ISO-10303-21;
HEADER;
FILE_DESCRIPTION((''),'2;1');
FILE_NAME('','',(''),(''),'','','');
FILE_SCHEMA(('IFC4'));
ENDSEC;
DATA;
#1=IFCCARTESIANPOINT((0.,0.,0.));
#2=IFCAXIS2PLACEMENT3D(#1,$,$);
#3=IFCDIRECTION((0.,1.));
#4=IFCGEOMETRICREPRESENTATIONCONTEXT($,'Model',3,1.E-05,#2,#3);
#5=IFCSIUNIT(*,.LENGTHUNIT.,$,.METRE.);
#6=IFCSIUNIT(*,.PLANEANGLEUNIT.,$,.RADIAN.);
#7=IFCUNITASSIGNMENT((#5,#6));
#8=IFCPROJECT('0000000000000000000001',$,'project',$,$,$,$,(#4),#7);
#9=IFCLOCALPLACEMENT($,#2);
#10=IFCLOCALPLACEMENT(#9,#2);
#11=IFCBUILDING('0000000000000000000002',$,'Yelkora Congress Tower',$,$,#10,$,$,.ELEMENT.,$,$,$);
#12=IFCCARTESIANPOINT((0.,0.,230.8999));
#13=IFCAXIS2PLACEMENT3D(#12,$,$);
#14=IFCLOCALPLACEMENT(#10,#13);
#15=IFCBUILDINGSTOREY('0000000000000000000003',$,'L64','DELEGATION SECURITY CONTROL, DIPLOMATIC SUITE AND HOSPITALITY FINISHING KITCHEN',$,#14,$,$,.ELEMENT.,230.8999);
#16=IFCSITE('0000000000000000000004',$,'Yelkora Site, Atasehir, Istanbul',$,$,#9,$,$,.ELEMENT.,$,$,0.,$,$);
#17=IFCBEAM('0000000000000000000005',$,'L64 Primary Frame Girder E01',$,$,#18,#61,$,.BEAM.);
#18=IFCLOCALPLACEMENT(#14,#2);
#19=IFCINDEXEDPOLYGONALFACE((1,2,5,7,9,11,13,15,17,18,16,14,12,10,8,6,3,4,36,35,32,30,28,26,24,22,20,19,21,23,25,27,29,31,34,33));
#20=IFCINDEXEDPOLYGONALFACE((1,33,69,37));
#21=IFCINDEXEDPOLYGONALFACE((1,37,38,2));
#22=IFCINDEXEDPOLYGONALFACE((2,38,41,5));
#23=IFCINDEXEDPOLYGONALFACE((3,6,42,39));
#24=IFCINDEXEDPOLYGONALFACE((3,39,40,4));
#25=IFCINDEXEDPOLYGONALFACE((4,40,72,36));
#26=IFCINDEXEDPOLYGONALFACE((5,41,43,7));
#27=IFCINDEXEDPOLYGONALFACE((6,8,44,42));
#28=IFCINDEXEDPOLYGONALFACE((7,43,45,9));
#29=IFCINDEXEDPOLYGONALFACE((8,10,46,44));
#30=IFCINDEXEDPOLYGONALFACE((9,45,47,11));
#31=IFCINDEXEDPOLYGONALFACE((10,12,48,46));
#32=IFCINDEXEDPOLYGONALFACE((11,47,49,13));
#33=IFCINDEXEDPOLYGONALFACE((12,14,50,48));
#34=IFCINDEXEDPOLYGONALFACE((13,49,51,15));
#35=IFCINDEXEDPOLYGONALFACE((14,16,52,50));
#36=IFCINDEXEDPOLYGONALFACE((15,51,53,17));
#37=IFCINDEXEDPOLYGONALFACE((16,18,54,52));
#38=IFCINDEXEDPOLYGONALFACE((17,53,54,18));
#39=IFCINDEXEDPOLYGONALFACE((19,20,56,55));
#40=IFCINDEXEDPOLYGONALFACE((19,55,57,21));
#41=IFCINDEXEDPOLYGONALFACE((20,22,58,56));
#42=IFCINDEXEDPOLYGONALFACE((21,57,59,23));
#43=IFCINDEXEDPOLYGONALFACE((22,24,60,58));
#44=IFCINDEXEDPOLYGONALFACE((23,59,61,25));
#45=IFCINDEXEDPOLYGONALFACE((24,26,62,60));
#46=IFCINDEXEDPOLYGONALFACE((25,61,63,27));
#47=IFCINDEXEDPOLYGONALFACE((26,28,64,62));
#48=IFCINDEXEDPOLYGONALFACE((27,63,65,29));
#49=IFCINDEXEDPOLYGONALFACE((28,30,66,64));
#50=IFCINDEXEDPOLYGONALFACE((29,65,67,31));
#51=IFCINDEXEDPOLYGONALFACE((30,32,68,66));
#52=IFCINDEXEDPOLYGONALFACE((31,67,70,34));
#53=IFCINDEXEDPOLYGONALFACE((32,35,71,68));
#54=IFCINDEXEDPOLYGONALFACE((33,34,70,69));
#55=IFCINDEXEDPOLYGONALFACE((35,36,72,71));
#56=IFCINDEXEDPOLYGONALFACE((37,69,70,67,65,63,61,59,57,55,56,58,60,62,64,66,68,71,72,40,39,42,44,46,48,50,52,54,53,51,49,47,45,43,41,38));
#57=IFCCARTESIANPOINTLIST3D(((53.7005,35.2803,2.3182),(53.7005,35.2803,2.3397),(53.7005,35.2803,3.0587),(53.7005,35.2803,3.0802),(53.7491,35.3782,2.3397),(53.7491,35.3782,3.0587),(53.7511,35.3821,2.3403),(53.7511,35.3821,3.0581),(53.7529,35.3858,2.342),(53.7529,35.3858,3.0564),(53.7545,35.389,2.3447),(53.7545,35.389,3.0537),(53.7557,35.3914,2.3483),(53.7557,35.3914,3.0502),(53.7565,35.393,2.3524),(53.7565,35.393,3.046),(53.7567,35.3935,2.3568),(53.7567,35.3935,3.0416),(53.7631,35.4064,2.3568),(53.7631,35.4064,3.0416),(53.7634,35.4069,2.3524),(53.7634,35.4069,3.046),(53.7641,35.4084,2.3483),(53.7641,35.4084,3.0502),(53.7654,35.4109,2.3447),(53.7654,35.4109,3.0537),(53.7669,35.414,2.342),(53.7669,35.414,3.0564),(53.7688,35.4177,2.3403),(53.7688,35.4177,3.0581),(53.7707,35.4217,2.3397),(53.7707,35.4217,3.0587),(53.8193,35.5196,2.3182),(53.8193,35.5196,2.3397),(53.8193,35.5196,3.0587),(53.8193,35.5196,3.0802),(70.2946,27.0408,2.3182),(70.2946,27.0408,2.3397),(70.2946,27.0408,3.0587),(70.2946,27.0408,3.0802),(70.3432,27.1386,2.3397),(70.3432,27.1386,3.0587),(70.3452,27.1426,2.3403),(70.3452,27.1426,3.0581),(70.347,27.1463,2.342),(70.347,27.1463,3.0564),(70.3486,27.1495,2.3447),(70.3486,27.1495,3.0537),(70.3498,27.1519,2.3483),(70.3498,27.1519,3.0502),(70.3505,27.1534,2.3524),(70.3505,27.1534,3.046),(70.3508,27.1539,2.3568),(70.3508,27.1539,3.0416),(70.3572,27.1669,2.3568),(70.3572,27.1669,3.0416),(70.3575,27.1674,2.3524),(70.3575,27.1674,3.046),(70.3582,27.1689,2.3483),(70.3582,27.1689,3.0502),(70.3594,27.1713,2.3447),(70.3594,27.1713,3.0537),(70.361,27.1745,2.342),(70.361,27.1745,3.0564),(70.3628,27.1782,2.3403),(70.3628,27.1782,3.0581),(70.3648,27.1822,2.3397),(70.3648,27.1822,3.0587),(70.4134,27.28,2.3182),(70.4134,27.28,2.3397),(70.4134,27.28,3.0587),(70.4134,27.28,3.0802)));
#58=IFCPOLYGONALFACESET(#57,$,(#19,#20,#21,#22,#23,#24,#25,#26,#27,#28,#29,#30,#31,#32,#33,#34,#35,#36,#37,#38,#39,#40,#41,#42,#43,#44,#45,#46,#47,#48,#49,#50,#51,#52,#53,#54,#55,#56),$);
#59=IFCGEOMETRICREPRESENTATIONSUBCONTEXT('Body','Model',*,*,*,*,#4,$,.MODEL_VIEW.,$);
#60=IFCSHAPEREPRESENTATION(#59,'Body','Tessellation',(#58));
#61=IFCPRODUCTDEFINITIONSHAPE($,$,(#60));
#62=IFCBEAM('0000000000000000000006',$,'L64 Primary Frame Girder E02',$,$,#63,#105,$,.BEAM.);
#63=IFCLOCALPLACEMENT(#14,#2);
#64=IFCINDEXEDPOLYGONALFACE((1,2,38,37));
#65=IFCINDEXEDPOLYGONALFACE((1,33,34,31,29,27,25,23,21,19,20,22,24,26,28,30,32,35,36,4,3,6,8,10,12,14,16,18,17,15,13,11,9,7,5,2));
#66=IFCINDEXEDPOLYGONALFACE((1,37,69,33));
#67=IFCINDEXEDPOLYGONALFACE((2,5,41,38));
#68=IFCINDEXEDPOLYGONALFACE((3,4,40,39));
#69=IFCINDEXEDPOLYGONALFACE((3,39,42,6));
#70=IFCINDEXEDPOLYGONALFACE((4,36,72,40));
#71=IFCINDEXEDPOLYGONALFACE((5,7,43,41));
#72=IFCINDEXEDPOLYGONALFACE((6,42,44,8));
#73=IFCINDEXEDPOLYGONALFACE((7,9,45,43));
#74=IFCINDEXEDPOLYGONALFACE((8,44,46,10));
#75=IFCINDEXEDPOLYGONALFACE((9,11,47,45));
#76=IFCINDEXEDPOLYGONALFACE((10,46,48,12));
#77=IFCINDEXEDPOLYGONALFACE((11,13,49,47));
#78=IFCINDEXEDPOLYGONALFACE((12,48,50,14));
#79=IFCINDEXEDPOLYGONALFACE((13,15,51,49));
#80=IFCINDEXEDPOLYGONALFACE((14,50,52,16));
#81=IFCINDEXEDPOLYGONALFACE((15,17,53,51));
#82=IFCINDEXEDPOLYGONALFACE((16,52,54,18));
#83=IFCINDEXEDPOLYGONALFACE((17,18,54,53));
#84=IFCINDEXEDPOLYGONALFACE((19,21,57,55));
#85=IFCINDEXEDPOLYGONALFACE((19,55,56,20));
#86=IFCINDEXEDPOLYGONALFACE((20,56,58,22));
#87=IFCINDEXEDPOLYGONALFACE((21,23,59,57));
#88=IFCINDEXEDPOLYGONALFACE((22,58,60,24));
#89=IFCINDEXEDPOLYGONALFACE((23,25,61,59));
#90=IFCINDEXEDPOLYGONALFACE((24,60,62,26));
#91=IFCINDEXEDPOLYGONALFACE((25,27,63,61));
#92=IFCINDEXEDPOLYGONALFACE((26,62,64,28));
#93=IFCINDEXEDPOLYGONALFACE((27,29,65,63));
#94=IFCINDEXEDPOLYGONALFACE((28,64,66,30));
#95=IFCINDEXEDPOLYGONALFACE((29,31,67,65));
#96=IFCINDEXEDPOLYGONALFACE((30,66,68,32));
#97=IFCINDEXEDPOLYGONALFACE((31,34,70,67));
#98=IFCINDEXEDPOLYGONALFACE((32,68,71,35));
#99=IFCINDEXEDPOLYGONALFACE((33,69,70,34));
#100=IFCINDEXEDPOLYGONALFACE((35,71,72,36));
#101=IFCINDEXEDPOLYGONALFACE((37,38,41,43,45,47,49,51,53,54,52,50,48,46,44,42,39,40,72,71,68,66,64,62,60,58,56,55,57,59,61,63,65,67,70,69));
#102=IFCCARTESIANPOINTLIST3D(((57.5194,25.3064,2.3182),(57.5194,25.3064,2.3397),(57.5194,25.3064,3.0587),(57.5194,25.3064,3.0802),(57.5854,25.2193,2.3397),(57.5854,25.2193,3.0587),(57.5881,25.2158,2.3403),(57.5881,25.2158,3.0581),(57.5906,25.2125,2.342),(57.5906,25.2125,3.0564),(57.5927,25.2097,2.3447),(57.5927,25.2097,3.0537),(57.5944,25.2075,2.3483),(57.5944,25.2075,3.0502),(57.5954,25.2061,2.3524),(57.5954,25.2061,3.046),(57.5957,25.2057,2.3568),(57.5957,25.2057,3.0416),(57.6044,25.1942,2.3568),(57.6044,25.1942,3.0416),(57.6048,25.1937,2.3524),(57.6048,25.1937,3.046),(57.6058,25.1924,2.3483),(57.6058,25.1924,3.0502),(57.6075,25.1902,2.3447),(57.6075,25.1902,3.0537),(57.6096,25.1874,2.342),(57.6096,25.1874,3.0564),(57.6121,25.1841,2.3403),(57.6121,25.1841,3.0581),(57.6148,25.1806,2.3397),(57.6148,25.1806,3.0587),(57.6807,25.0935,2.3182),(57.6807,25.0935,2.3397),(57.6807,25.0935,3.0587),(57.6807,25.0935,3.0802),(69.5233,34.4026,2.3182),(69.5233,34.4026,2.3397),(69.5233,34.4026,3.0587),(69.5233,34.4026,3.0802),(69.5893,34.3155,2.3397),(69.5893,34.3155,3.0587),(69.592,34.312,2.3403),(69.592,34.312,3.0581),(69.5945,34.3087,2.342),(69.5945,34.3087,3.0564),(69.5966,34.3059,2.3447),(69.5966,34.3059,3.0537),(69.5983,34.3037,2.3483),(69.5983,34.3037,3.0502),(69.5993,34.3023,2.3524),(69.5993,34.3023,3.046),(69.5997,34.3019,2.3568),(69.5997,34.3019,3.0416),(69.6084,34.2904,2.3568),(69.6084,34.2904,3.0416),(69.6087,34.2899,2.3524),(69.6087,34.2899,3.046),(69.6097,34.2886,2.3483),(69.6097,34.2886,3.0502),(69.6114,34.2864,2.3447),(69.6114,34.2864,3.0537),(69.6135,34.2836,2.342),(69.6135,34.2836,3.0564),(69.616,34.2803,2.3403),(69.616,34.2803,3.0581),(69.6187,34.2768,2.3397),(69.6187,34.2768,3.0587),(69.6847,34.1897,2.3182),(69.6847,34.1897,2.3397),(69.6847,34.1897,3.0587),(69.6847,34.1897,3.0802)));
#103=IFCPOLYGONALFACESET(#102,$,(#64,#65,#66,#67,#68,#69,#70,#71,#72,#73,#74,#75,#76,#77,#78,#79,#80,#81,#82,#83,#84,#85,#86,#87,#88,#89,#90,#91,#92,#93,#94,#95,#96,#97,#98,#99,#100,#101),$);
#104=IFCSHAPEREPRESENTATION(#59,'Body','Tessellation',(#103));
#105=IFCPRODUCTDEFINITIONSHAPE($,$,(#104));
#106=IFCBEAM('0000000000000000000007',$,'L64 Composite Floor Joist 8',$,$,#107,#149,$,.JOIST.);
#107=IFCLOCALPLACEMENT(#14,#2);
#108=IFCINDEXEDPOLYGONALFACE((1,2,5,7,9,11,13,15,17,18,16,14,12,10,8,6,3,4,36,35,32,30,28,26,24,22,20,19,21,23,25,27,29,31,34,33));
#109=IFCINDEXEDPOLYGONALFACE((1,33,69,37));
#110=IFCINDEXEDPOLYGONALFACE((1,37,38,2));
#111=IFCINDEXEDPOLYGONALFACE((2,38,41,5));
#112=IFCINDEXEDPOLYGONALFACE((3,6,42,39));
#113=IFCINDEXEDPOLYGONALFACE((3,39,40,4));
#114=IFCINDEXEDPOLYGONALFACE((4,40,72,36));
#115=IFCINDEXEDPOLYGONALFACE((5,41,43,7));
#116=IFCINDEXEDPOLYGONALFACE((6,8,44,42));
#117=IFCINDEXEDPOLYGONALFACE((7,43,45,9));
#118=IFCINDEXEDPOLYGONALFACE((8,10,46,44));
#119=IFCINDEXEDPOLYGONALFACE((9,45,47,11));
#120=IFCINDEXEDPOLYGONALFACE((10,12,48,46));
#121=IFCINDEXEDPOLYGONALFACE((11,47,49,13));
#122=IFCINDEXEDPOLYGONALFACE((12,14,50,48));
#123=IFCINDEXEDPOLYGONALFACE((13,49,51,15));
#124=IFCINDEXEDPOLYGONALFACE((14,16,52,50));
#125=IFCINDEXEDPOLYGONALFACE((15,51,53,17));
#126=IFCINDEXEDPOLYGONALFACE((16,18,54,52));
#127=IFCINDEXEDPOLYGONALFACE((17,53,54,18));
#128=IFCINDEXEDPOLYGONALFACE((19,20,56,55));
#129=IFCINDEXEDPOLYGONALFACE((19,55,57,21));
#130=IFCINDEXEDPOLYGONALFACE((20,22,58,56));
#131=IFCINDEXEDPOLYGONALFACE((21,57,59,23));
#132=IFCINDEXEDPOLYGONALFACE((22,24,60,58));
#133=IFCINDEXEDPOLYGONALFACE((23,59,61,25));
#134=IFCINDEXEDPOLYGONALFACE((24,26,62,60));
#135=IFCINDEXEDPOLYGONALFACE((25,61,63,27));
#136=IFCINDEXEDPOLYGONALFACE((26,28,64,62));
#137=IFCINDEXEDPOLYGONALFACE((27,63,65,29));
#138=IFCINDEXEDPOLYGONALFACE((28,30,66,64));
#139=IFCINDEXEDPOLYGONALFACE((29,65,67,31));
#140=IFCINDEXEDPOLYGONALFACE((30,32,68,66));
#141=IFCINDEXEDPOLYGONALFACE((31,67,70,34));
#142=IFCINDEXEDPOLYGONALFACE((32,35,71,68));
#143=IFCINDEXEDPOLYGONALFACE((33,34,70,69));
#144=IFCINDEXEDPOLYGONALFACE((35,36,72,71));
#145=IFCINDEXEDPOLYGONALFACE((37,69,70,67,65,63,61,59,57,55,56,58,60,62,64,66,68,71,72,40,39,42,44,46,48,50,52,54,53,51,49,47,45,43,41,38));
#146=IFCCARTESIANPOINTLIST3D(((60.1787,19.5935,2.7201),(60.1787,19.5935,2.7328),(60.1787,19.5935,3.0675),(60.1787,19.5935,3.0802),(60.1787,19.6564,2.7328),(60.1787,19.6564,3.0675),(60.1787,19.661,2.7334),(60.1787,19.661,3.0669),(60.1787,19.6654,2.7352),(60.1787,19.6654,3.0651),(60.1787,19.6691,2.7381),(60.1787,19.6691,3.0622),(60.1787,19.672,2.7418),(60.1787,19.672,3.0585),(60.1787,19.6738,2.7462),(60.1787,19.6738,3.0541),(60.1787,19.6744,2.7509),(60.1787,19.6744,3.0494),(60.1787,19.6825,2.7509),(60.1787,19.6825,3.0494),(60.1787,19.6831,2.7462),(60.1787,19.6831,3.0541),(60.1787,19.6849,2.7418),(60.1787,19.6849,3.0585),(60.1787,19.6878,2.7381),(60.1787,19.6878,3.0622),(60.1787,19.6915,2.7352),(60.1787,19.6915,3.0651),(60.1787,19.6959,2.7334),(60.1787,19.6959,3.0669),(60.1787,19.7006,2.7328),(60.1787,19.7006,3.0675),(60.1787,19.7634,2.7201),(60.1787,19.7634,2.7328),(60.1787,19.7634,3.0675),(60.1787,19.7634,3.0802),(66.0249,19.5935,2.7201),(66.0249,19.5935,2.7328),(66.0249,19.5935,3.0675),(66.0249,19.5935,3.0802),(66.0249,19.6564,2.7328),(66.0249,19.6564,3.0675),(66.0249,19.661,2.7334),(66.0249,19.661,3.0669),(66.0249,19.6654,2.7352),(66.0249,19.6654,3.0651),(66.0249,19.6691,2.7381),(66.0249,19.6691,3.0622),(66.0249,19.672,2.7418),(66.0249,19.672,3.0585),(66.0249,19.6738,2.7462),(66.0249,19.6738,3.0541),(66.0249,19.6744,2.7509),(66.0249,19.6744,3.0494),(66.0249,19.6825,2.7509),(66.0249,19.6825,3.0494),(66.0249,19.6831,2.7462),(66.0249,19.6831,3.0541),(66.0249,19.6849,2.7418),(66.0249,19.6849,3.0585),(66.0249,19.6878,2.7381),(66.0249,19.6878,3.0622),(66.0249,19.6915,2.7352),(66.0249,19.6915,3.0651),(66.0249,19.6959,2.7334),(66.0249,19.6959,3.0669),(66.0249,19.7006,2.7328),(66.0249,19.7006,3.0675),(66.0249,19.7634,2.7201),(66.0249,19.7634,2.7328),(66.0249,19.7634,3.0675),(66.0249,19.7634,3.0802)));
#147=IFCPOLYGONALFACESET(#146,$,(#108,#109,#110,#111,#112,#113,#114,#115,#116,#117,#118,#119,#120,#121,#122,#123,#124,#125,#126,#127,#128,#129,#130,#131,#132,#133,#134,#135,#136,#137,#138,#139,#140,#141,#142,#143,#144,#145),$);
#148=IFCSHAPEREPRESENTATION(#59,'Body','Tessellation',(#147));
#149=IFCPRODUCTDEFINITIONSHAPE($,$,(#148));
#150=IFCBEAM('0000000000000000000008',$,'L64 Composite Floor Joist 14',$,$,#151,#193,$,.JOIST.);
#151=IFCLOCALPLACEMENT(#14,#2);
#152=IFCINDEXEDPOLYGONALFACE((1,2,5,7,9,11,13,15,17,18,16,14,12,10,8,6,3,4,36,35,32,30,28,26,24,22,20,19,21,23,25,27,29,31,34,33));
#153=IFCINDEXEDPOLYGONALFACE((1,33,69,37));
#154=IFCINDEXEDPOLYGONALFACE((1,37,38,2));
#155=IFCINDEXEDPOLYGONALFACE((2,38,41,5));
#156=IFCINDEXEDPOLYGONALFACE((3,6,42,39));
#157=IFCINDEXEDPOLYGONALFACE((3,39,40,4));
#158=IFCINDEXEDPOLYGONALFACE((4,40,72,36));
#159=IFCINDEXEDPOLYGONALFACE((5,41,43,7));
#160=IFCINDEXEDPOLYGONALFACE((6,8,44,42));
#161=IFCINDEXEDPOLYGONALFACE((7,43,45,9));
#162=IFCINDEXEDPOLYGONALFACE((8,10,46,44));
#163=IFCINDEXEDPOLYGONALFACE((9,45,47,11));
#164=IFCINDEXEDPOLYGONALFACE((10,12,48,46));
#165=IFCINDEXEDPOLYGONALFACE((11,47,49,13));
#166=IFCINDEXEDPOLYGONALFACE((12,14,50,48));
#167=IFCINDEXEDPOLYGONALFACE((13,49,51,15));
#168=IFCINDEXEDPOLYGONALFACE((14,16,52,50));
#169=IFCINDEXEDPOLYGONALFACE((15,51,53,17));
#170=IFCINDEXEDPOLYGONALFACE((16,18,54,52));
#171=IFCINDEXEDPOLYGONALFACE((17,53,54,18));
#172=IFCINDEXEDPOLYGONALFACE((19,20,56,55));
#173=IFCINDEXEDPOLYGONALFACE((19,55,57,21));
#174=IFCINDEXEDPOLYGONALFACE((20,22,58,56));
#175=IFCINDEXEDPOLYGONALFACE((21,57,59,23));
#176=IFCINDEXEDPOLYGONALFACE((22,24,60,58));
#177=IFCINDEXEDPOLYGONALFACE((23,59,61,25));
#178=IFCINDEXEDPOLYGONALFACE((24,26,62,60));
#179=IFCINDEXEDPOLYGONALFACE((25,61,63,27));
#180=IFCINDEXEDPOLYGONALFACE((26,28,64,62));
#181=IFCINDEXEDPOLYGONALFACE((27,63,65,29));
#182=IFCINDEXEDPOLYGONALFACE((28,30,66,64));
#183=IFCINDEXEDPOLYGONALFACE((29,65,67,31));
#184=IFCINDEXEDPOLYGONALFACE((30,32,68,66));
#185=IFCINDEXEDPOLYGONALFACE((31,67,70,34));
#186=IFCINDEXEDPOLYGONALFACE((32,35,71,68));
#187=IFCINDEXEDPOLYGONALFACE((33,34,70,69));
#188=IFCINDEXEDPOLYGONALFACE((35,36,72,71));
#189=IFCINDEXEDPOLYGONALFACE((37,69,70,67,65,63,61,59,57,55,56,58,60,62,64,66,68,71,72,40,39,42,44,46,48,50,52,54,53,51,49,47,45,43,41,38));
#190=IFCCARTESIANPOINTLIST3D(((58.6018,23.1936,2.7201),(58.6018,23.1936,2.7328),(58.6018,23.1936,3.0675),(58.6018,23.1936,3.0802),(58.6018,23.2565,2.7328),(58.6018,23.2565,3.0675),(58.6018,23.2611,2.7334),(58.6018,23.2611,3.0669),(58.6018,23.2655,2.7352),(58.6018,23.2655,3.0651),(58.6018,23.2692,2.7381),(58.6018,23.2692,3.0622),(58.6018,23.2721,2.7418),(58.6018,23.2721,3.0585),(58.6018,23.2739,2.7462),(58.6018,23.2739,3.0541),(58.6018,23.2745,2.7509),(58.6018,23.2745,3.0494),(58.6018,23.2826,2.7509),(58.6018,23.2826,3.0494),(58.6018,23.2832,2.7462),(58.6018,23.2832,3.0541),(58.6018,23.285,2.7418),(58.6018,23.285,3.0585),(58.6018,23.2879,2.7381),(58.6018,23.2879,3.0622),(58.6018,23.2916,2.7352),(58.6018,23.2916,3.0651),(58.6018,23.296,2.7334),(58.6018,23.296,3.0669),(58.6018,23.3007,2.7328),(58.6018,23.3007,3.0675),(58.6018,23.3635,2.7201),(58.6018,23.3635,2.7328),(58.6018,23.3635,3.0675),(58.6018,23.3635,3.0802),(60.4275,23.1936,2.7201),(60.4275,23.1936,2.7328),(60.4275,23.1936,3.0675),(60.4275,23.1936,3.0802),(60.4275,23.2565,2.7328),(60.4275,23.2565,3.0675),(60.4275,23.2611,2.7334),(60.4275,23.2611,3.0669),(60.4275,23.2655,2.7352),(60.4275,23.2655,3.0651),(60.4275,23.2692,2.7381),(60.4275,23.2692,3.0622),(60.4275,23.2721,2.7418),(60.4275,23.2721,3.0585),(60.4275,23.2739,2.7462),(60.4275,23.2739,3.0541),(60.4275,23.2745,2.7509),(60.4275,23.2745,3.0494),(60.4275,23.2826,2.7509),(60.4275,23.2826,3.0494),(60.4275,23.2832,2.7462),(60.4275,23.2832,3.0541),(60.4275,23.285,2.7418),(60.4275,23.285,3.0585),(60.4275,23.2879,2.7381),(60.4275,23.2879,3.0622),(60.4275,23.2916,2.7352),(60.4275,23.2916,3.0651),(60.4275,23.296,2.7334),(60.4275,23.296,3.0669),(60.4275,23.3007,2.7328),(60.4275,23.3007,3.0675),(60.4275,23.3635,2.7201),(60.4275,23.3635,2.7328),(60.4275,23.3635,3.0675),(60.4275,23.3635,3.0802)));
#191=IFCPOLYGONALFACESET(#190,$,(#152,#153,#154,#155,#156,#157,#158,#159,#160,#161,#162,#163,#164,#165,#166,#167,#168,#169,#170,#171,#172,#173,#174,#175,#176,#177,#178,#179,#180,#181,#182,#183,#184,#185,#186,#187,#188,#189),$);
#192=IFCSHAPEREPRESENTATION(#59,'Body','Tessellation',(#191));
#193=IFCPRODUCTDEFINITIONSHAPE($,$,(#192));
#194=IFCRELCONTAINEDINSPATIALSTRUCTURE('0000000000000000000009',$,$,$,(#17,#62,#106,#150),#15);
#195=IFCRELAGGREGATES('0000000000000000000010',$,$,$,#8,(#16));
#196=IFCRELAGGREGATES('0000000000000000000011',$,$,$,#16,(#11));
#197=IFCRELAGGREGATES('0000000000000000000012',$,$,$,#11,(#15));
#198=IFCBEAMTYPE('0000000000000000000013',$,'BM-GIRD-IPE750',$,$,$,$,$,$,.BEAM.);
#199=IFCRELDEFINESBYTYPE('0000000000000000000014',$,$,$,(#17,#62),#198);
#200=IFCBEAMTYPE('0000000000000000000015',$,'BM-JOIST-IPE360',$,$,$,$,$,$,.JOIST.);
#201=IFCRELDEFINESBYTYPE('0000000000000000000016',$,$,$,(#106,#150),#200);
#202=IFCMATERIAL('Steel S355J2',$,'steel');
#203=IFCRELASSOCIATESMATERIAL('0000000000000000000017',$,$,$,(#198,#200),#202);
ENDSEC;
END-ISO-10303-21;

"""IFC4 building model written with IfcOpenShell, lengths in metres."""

from ifc_helpers import new_model, si_unit, direction, frame, origin, origin_2d, place, context, subcontext, project, spatial, i_section, extrude, material, material_profile, profile_set, type_object, element, save


model = new_model("IFC4")

# Units and contexts
model_context = context("Model", 3, precision=1e-05, world=origin(), true_north=direction((0.0, 1.0)))
body_context = subcontext(model_context, "Body", "Model", "MODEL_VIEW")
ifc_project = project(units=[si_unit("LENGTHUNIT", "METRE"), si_unit("PLANEANGLEUNIT", "RADIAN")], contexts=[model_context])

# Site, building, storey
site_placement = place(None, origin())
site = spatial("IfcSite", under=ifc_project, at=site_placement, Name="Yelkora Site, Atasehir, Istanbul", CompositionType="ELEMENT", RefElevation=0.0)
building_placement = place(site_placement, origin())
building = spatial("IfcBuilding", under=site, at=building_placement, Name="Yelkora Congress Tower", CompositionType="ELEMENT")
storey_placement = place(building_placement, frame((0.0, 0.0, 230.8999)))
storey = spatial("IfcBuildingStorey", under=building, at=storey_placement, Name="L64", Description="DELEGATION SECURITY CONTROL, DIPLOMATIC SUITE AND HOSPITALITY FINISHING KITCHEN", CompositionType="ELEMENT", Elevation=230.8999)

# Shared definitions
ifc_material_1 = material(Name="Steel S355J2", Category="steel")

# Beams
ifc_material_profile_1 = material_profile(ifc_material_1, i_section(OverallWidth=0.2671, OverallDepth=0.762, WebThickness=0.0144, FlangeThickness=0.0215, FilletRadius=0.0171, at=origin_2d()), Name="IPE 750x173")
ifc_profile_set_1 = profile_set([ifc_material_profile_1], Name="Steel S355J2")
beam_type_1 = type_object("IfcBeamType", Name="BM-GIRD-IPE750", PredefinedType="BEAM", material=ifc_profile_set_1)
beam_1_placement = place(storey_placement, frame((70.354, 27.1604, 2.6992), z_axis=(-0.895665, 0.444729, 0.0), x_axis=(-0.444729, -0.895665, 0.0)))
element("IfcBeam", 1, at=beam_1_placement, inside=storey, type_object=beam_type_1, Name="L64 Primary Frame Girder E01", PredefinedType="BEAM", context=body_context, shape_type="SweptSolid", body=[
    extrude(i_section(OverallWidth=0.2671, OverallDepth=0.762, WebThickness=0.0144, FlangeThickness=0.0215, FilletRadius=0.0171, at=origin_2d()), origin(), (0.0, 0.0, 1.0), 18.5271),
])
beam_2_placement = place(storey_placement, frame((69.604, 34.2961, 2.6992), z_axis=(-0.797018, -0.603956, 0.0), x_axis=(0.603956, -0.797018, 0.0)))
element("IfcBeam", 2, at=beam_2_placement, inside=storey, type_object=beam_type_1, Name="L64 Primary Frame Girder E02", PredefinedType="BEAM", context=body_context, shape_type="SweptSolid", body=[
    extrude(i_section(OverallWidth=0.2671, OverallDepth=0.762, WebThickness=0.0144, FlangeThickness=0.0215, FilletRadius=0.0171, at=origin_2d()), origin(), (0.0, 0.0, 1.0), 15.061),
])
ifc_material_profile_2 = material_profile(ifc_material_1, i_section(OverallWidth=0.1699, OverallDepth=0.3601, WebThickness=0.0081, FlangeThickness=0.0127, FilletRadius=0.0181, at=origin_2d()), Name="IPE 360")
ifc_profile_set_2 = profile_set([ifc_material_profile_2], Name="Steel S355J2")
beam_type_2 = type_object("IfcBeamType", Name="BM-JOIST-IPE360", PredefinedType="JOIST", material=ifc_profile_set_2)
beam_3_placement = place(storey_placement, frame((60.1787, 19.6785, 2.9001), z_axis=(1.0, 0.0, 0.0), x_axis=(0.0, 1.0, 0.0)))
element("IfcBeam", 3, at=beam_3_placement, inside=storey, type_object=beam_type_2, Name="L64 Composite Floor Joist 8", PredefinedType="JOIST", context=body_context, shape_type="SweptSolid", body=[
    extrude(i_section(OverallWidth=0.1699, OverallDepth=0.3601, WebThickness=0.0081, FlangeThickness=0.0127, FilletRadius=0.0181, at=origin_2d()), origin(), (0.0, 0.0, 1.0), 5.8462),
])
beam_4_placement = place(storey_placement, frame((58.6018, 23.2786, 2.9001), z_axis=(1.0, 0.0, 0.0), x_axis=(0.0, 1.0, 0.0)))
element("IfcBeam", 4, at=beam_4_placement, inside=storey, type_object=beam_type_2, Name="L64 Composite Floor Joist 14", PredefinedType="JOIST", context=body_context, shape_type="SweptSolid", body=[
    extrude(i_section(OverallWidth=0.1699, OverallDepth=0.3601, WebThickness=0.0081, FlangeThickness=0.0127, FilletRadius=0.0181, at=origin_2d()), origin(), (0.0, 0.0, 1.0), 1.8257),
])

save(model, "model.ifc")
